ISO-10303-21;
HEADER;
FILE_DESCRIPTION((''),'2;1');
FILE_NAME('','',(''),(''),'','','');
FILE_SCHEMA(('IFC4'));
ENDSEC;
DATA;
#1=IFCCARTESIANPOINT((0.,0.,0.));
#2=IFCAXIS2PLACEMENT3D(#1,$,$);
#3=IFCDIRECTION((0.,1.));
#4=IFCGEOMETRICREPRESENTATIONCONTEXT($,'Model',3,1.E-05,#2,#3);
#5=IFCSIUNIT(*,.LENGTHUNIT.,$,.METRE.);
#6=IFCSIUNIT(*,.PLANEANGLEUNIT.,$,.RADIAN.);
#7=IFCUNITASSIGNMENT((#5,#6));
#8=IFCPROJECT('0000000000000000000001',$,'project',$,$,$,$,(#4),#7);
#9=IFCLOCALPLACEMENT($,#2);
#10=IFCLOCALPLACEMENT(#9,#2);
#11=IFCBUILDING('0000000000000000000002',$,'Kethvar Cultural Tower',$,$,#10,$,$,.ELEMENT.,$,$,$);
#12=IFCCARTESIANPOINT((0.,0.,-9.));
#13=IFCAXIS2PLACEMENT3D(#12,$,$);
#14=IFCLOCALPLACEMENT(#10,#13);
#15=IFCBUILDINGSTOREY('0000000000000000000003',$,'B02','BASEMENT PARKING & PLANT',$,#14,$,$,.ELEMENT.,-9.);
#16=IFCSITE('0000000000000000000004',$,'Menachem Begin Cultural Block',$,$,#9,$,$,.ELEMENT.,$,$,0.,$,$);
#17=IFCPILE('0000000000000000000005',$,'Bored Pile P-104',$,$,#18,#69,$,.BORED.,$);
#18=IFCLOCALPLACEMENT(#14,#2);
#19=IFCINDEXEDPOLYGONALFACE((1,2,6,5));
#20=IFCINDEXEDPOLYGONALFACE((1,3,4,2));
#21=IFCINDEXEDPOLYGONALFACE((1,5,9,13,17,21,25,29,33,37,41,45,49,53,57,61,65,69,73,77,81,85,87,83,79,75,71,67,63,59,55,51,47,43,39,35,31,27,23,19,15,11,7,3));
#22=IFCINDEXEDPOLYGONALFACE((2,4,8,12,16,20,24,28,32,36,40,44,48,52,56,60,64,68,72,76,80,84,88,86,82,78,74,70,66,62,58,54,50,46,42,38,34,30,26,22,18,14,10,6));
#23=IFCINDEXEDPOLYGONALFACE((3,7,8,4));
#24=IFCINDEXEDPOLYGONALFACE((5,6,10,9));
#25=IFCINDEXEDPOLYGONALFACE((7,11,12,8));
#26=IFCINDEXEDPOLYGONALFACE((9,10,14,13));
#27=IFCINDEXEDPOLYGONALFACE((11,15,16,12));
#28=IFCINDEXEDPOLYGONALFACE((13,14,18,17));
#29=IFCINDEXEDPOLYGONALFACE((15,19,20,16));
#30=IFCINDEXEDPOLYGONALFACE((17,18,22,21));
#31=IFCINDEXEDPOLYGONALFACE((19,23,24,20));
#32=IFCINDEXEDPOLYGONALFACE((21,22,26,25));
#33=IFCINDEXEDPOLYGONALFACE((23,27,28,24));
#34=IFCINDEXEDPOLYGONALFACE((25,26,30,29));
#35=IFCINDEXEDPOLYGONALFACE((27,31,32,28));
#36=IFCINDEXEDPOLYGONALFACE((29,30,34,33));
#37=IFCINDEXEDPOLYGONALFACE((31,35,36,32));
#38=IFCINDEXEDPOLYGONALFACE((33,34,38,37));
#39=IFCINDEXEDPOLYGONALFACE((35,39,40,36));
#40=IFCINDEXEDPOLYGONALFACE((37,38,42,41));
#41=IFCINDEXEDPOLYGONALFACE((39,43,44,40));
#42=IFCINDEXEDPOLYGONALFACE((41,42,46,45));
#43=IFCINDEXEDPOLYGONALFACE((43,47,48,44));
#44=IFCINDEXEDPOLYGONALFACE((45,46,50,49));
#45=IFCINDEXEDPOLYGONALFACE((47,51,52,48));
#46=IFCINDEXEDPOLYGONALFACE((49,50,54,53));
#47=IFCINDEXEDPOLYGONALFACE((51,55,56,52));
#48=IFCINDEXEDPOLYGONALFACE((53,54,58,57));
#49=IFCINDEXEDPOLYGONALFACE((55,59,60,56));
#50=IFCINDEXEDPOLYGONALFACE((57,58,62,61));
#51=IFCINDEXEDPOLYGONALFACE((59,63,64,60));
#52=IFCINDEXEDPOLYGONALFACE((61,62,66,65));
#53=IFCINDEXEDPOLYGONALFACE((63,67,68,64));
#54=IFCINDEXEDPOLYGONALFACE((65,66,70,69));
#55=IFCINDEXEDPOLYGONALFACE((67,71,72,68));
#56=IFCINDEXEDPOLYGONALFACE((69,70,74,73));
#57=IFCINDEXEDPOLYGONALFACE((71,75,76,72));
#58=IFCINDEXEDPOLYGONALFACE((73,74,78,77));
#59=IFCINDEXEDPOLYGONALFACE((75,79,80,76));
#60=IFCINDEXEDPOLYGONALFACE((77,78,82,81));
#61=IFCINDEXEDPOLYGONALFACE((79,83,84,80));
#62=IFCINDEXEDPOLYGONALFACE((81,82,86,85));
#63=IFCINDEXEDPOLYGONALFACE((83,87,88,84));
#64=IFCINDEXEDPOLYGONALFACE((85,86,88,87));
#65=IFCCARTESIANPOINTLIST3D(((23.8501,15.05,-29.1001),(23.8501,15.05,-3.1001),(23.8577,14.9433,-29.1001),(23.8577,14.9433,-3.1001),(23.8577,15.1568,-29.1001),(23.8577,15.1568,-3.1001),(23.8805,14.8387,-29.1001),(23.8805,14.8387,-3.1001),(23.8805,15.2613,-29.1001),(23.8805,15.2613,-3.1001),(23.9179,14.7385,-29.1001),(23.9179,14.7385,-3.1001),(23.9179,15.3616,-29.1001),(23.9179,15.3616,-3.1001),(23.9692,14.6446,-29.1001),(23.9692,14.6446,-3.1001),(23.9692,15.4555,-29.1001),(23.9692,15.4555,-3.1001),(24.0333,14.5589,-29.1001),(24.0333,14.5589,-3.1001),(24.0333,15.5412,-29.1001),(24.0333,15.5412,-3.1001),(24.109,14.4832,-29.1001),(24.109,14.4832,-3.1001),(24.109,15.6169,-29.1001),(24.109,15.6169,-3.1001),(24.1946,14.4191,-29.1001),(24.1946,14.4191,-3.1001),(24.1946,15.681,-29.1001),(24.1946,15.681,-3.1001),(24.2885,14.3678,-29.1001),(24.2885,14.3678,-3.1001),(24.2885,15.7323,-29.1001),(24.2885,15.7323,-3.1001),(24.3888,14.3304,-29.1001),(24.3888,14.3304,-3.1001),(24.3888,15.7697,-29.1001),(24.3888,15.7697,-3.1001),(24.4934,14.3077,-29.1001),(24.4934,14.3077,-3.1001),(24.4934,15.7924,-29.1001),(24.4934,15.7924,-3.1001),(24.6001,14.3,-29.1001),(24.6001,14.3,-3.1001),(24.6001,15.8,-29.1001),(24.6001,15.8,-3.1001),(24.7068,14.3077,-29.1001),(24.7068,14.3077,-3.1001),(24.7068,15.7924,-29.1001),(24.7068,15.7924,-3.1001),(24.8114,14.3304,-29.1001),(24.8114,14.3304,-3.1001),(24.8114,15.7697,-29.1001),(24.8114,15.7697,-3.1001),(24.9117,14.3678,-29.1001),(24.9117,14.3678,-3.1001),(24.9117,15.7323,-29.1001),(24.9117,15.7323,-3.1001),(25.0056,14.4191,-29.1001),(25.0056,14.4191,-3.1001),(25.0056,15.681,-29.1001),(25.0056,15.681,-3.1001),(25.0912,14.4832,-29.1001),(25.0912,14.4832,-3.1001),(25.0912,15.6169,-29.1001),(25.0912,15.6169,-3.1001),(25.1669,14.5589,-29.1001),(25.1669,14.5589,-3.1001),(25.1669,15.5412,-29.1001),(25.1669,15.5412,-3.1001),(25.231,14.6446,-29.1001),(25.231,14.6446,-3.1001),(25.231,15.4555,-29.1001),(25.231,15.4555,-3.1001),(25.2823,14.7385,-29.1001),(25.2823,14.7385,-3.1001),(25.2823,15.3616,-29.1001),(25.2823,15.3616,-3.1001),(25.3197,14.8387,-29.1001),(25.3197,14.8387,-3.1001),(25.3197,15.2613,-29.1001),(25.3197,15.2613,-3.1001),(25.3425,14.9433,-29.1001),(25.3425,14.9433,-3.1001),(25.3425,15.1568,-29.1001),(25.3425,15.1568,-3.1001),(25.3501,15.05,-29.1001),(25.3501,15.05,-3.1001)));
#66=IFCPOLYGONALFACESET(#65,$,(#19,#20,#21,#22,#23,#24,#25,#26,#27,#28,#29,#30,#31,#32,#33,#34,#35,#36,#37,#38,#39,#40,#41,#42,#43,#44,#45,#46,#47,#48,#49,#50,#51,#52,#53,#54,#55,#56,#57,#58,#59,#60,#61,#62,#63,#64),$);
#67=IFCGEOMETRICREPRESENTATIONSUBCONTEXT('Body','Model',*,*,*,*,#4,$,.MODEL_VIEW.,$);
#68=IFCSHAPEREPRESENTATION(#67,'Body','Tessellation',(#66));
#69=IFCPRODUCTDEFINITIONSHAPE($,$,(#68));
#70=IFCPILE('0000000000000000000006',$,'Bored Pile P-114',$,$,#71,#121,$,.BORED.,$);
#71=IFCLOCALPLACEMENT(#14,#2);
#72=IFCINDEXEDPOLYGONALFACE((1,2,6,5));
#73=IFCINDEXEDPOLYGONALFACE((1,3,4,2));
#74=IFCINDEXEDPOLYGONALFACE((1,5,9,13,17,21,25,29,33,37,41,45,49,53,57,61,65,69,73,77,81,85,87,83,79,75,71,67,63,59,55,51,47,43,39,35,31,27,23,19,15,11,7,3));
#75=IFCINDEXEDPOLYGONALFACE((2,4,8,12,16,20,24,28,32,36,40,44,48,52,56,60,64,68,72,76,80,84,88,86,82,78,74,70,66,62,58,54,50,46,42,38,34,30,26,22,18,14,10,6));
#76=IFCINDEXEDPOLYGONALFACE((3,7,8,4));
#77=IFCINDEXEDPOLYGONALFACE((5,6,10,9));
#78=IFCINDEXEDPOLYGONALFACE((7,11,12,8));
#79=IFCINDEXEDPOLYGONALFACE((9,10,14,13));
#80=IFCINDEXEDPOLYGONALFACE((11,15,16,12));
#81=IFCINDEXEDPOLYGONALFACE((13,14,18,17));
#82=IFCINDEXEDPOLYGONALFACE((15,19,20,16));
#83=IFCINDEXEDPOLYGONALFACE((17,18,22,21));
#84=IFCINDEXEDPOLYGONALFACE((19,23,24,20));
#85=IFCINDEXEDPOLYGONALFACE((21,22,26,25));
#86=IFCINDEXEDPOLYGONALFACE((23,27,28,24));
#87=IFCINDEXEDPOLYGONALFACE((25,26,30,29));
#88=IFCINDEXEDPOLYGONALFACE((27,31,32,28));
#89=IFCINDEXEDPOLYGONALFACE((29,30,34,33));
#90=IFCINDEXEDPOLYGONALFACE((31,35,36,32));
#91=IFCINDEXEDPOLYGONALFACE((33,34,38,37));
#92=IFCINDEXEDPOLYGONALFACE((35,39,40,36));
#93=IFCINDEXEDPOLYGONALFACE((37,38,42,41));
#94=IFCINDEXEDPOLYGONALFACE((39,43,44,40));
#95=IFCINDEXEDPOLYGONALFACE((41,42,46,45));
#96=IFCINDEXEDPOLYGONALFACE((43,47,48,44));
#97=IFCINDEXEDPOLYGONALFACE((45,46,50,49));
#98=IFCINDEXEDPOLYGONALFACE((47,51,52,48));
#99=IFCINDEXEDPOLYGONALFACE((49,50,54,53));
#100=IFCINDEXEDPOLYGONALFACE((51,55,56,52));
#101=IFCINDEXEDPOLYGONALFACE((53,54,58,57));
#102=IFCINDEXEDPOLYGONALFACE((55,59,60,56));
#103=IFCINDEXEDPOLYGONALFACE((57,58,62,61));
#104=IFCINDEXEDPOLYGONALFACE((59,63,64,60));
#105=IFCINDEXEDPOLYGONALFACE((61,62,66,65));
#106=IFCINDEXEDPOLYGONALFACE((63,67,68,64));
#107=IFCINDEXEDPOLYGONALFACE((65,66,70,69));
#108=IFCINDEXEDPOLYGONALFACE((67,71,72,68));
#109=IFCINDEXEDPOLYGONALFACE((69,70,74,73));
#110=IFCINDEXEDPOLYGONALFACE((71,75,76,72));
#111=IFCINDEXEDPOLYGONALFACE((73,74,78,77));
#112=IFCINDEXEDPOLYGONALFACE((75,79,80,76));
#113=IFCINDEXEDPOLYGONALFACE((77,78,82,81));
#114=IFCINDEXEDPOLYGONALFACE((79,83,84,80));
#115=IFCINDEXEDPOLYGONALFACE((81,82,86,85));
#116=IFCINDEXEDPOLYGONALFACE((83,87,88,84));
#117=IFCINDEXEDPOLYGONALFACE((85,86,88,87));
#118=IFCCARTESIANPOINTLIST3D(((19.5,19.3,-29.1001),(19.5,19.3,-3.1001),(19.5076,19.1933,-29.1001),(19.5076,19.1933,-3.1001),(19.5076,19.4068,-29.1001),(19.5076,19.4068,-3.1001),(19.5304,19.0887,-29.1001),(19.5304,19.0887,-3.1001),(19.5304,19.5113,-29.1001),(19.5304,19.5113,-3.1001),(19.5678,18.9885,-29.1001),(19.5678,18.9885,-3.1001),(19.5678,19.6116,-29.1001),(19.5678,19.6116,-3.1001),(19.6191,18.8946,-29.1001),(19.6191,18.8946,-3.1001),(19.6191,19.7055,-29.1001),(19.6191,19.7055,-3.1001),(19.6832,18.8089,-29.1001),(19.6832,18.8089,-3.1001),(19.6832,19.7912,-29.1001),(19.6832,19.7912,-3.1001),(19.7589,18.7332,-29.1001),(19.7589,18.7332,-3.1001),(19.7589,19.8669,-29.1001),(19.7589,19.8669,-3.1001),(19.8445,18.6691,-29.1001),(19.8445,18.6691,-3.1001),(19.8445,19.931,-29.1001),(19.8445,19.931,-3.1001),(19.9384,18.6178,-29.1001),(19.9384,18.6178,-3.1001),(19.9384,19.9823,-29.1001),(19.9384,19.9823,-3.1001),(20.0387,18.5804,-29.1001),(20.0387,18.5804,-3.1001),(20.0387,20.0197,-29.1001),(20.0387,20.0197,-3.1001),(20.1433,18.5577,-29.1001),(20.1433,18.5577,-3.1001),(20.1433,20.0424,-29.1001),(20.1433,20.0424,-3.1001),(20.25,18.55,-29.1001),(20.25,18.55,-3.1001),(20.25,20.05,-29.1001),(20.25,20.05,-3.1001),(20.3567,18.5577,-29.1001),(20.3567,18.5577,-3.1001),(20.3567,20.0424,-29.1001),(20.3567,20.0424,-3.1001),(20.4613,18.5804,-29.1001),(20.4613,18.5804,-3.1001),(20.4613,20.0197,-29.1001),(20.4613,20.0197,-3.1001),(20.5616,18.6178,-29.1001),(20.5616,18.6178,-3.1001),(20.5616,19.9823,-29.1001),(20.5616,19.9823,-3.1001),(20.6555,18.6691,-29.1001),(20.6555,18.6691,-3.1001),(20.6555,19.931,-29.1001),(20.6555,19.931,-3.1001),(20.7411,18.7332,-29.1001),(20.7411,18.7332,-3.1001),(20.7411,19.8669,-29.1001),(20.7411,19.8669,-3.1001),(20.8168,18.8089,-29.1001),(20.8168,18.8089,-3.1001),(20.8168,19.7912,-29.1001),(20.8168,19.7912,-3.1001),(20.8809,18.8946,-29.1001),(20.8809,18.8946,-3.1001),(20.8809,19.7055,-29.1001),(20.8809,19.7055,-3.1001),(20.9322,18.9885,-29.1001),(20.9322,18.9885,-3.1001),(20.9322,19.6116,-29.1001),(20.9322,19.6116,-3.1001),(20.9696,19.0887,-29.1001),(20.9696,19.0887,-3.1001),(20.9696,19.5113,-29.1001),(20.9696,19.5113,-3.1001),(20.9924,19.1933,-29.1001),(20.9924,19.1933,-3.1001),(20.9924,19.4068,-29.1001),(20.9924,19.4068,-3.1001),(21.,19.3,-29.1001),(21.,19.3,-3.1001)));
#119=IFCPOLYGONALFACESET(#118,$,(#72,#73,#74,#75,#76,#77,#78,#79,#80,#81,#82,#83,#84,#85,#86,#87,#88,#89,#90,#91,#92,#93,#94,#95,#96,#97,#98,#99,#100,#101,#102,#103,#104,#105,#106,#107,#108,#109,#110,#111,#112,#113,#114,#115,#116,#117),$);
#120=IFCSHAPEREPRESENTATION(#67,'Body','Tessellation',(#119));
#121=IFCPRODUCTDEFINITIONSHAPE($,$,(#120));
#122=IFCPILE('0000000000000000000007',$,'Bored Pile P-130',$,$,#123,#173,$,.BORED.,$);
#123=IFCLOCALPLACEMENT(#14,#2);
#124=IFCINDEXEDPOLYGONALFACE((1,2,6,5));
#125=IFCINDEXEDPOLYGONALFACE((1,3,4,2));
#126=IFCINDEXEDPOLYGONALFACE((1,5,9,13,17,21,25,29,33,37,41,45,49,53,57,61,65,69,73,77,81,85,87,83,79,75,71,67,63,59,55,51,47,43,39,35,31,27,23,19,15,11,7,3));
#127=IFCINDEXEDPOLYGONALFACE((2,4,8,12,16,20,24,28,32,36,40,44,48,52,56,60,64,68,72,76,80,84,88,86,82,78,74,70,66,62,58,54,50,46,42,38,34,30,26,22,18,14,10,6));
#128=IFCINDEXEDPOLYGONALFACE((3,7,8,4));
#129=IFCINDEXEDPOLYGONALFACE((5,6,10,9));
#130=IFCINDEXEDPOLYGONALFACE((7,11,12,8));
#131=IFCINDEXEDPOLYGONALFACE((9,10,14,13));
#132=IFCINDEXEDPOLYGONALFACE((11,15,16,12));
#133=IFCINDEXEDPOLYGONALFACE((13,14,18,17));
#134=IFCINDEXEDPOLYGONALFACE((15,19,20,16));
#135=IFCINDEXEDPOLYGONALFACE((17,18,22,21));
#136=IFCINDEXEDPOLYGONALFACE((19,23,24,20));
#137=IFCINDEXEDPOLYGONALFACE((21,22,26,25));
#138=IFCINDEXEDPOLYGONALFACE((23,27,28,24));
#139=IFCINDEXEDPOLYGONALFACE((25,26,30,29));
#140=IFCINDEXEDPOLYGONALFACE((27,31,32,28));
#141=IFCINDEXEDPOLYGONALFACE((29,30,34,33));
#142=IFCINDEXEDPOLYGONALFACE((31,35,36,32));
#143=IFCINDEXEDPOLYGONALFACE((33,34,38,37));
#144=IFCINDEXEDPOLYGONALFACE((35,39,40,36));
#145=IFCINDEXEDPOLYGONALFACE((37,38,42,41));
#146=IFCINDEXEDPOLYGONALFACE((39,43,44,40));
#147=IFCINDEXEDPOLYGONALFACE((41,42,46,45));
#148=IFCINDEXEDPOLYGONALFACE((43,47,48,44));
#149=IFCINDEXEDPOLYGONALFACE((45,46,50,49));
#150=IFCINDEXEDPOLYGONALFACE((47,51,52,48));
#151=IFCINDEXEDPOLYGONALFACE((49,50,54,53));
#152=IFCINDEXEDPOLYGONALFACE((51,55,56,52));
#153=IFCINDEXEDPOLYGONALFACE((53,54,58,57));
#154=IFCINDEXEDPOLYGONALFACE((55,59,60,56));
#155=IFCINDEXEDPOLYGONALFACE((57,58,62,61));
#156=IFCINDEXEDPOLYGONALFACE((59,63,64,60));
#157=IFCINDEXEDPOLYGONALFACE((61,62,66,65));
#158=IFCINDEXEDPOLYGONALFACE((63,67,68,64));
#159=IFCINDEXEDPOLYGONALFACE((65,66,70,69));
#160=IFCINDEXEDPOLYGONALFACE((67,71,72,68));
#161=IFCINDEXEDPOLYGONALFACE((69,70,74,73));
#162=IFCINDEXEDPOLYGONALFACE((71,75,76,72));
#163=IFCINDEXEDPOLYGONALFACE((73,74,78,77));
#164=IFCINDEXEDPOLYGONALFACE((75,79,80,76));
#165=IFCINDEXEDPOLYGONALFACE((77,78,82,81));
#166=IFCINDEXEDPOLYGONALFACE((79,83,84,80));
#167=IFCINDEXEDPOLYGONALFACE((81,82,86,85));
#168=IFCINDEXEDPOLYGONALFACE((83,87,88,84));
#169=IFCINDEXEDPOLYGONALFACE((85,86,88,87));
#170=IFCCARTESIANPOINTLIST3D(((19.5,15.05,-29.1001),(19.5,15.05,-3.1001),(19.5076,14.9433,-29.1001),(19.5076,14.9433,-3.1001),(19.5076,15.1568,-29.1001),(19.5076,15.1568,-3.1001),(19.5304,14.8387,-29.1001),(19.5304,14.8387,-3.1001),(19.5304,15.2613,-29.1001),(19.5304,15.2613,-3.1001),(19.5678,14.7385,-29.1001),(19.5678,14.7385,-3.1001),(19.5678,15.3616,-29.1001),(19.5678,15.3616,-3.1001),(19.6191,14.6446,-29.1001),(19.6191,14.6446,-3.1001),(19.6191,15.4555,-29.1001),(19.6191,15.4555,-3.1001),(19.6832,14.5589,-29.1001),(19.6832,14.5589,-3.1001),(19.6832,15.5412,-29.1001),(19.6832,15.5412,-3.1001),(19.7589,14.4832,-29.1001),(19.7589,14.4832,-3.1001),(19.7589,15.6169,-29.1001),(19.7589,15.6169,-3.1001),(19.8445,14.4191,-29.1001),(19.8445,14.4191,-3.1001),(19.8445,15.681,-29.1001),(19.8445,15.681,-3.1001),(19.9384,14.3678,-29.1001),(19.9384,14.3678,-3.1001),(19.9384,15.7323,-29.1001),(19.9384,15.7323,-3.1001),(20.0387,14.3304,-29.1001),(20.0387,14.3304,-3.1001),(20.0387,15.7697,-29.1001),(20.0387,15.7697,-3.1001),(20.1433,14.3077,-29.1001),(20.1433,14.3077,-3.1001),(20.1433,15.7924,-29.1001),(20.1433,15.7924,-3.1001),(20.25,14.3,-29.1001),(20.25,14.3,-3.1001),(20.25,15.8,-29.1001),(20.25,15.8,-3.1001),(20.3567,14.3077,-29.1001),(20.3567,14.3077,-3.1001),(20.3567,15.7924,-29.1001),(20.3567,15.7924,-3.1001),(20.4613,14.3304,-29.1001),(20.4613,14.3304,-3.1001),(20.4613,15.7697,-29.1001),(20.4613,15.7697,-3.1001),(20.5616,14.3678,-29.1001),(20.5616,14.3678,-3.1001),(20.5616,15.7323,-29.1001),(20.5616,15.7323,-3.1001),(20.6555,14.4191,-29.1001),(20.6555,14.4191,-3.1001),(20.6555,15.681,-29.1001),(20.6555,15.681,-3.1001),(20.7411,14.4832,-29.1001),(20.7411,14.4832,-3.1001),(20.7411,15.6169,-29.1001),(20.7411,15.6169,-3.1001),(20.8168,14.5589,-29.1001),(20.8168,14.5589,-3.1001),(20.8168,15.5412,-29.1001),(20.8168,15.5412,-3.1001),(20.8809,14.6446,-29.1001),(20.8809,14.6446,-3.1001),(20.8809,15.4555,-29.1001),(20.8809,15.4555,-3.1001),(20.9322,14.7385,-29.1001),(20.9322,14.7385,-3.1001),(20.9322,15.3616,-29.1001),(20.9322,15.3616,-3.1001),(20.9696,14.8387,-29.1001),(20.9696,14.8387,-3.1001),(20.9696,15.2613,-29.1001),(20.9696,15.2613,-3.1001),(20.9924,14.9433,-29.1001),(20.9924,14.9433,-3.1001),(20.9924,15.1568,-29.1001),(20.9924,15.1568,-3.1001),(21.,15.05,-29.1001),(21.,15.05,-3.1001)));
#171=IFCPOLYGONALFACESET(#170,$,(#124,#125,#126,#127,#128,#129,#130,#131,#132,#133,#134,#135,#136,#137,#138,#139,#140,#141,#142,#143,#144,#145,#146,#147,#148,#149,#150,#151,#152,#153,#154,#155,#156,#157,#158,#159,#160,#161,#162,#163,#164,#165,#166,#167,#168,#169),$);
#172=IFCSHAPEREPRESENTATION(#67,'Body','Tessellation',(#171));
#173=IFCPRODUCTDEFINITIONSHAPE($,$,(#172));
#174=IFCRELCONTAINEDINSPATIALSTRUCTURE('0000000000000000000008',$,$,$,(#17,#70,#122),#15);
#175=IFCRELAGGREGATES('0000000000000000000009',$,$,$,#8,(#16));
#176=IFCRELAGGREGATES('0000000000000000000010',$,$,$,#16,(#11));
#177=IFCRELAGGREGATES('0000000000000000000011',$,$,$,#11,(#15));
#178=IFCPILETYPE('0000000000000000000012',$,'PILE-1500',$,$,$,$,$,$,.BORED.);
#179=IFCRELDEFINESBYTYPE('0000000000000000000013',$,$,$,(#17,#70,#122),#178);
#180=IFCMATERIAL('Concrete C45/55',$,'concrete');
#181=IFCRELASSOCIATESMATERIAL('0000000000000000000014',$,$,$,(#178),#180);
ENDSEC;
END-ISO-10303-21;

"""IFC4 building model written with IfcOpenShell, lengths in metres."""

from ifc_helpers import new_model, si_unit, direction, frame, origin, origin_2d, place, context, subcontext, project, spatial, circle, extrude, source, transform, mapped, material, material_profile, profile_set, type_object, element, save


model = new_model("IFC4")

# Units and contexts
model_context = context("Model", 3, precision=1e-05, world=origin(), true_north=direction((0.0, 1.0)))
body_context = subcontext(model_context, "Body", "Model", "MODEL_VIEW")
ifc_project = project(units=[si_unit("LENGTHUNIT", "METRE"), si_unit("PLANEANGLEUNIT", "RADIAN")], contexts=[model_context])

# Site, building, storey
site_placement = place(None, origin())
site = spatial("IfcSite", under=ifc_project, at=site_placement, Name="Menachem Begin Cultural Block", CompositionType="ELEMENT", RefElevation=0.0)
building_placement = place(site_placement, origin())
building = spatial("IfcBuilding", under=site, at=building_placement, Name="Kethvar Cultural Tower", CompositionType="ELEMENT")
storey_placement = place(building_placement, frame((0.0, 0.0, -9.0)))
storey = spatial("IfcBuildingStorey", under=building, at=storey_placement, Name="B02", Description="BASEMENT PARKING & PLANT", CompositionType="ELEMENT", Elevation=-9.0)

# Piles
ifc_material_1 = material(Name="Concrete C45/55", Category="concrete")
ifc_material_profile_1 = material_profile(ifc_material_1, circle(Radius=0.75, at=origin_2d()), Name="Concrete C45/55 — PILE1500")
ifc_profile_set_1 = profile_set([ifc_material_profile_1], Name="Concrete C45/55 — PILE1500")
pile_type = type_object("IfcPileType", Name="PILE-1500", PredefinedType="BORED", material=ifc_profile_set_1)
shared_shape_1 = source(origin(), body_context, "Body", "SweptSolid", [
    extrude(circle(Radius=0.75, at=origin_2d()), origin(), (0.0, 0.0, 1.0), 26.0),
])
for number, where, z_axis, x_axis, name in (
    (1, (24.6001, 15.05, -3.1001), (0.0, 0.0, -1.0), (1.0, 0.0, 0.0), "Bored Pile P-104"),
    (2, (20.25, 19.3, -3.1001), (0.0, 0.0, -1.0), (1.0, 0.0, 0.0), "Bored Pile P-114"),
    (3, (20.25, 15.05, -3.1001), (0.0, 0.0, -1.0), (1.0, 0.0, 0.0), "Bored Pile P-130"),
):
    element("IfcPile", number, at=place(storey_placement, frame(where, z_axis=z_axis, x_axis=x_axis)), inside=storey, type_object=pile_type, Name=name, PredefinedType="BORED", context=body_context, shape_type="MappedRepresentation", body=[
        mapped(shared_shape_1, transform((0.0, 0.0, 0.0), scale=1.0)),
    ])

save(model, "model.ifc")
